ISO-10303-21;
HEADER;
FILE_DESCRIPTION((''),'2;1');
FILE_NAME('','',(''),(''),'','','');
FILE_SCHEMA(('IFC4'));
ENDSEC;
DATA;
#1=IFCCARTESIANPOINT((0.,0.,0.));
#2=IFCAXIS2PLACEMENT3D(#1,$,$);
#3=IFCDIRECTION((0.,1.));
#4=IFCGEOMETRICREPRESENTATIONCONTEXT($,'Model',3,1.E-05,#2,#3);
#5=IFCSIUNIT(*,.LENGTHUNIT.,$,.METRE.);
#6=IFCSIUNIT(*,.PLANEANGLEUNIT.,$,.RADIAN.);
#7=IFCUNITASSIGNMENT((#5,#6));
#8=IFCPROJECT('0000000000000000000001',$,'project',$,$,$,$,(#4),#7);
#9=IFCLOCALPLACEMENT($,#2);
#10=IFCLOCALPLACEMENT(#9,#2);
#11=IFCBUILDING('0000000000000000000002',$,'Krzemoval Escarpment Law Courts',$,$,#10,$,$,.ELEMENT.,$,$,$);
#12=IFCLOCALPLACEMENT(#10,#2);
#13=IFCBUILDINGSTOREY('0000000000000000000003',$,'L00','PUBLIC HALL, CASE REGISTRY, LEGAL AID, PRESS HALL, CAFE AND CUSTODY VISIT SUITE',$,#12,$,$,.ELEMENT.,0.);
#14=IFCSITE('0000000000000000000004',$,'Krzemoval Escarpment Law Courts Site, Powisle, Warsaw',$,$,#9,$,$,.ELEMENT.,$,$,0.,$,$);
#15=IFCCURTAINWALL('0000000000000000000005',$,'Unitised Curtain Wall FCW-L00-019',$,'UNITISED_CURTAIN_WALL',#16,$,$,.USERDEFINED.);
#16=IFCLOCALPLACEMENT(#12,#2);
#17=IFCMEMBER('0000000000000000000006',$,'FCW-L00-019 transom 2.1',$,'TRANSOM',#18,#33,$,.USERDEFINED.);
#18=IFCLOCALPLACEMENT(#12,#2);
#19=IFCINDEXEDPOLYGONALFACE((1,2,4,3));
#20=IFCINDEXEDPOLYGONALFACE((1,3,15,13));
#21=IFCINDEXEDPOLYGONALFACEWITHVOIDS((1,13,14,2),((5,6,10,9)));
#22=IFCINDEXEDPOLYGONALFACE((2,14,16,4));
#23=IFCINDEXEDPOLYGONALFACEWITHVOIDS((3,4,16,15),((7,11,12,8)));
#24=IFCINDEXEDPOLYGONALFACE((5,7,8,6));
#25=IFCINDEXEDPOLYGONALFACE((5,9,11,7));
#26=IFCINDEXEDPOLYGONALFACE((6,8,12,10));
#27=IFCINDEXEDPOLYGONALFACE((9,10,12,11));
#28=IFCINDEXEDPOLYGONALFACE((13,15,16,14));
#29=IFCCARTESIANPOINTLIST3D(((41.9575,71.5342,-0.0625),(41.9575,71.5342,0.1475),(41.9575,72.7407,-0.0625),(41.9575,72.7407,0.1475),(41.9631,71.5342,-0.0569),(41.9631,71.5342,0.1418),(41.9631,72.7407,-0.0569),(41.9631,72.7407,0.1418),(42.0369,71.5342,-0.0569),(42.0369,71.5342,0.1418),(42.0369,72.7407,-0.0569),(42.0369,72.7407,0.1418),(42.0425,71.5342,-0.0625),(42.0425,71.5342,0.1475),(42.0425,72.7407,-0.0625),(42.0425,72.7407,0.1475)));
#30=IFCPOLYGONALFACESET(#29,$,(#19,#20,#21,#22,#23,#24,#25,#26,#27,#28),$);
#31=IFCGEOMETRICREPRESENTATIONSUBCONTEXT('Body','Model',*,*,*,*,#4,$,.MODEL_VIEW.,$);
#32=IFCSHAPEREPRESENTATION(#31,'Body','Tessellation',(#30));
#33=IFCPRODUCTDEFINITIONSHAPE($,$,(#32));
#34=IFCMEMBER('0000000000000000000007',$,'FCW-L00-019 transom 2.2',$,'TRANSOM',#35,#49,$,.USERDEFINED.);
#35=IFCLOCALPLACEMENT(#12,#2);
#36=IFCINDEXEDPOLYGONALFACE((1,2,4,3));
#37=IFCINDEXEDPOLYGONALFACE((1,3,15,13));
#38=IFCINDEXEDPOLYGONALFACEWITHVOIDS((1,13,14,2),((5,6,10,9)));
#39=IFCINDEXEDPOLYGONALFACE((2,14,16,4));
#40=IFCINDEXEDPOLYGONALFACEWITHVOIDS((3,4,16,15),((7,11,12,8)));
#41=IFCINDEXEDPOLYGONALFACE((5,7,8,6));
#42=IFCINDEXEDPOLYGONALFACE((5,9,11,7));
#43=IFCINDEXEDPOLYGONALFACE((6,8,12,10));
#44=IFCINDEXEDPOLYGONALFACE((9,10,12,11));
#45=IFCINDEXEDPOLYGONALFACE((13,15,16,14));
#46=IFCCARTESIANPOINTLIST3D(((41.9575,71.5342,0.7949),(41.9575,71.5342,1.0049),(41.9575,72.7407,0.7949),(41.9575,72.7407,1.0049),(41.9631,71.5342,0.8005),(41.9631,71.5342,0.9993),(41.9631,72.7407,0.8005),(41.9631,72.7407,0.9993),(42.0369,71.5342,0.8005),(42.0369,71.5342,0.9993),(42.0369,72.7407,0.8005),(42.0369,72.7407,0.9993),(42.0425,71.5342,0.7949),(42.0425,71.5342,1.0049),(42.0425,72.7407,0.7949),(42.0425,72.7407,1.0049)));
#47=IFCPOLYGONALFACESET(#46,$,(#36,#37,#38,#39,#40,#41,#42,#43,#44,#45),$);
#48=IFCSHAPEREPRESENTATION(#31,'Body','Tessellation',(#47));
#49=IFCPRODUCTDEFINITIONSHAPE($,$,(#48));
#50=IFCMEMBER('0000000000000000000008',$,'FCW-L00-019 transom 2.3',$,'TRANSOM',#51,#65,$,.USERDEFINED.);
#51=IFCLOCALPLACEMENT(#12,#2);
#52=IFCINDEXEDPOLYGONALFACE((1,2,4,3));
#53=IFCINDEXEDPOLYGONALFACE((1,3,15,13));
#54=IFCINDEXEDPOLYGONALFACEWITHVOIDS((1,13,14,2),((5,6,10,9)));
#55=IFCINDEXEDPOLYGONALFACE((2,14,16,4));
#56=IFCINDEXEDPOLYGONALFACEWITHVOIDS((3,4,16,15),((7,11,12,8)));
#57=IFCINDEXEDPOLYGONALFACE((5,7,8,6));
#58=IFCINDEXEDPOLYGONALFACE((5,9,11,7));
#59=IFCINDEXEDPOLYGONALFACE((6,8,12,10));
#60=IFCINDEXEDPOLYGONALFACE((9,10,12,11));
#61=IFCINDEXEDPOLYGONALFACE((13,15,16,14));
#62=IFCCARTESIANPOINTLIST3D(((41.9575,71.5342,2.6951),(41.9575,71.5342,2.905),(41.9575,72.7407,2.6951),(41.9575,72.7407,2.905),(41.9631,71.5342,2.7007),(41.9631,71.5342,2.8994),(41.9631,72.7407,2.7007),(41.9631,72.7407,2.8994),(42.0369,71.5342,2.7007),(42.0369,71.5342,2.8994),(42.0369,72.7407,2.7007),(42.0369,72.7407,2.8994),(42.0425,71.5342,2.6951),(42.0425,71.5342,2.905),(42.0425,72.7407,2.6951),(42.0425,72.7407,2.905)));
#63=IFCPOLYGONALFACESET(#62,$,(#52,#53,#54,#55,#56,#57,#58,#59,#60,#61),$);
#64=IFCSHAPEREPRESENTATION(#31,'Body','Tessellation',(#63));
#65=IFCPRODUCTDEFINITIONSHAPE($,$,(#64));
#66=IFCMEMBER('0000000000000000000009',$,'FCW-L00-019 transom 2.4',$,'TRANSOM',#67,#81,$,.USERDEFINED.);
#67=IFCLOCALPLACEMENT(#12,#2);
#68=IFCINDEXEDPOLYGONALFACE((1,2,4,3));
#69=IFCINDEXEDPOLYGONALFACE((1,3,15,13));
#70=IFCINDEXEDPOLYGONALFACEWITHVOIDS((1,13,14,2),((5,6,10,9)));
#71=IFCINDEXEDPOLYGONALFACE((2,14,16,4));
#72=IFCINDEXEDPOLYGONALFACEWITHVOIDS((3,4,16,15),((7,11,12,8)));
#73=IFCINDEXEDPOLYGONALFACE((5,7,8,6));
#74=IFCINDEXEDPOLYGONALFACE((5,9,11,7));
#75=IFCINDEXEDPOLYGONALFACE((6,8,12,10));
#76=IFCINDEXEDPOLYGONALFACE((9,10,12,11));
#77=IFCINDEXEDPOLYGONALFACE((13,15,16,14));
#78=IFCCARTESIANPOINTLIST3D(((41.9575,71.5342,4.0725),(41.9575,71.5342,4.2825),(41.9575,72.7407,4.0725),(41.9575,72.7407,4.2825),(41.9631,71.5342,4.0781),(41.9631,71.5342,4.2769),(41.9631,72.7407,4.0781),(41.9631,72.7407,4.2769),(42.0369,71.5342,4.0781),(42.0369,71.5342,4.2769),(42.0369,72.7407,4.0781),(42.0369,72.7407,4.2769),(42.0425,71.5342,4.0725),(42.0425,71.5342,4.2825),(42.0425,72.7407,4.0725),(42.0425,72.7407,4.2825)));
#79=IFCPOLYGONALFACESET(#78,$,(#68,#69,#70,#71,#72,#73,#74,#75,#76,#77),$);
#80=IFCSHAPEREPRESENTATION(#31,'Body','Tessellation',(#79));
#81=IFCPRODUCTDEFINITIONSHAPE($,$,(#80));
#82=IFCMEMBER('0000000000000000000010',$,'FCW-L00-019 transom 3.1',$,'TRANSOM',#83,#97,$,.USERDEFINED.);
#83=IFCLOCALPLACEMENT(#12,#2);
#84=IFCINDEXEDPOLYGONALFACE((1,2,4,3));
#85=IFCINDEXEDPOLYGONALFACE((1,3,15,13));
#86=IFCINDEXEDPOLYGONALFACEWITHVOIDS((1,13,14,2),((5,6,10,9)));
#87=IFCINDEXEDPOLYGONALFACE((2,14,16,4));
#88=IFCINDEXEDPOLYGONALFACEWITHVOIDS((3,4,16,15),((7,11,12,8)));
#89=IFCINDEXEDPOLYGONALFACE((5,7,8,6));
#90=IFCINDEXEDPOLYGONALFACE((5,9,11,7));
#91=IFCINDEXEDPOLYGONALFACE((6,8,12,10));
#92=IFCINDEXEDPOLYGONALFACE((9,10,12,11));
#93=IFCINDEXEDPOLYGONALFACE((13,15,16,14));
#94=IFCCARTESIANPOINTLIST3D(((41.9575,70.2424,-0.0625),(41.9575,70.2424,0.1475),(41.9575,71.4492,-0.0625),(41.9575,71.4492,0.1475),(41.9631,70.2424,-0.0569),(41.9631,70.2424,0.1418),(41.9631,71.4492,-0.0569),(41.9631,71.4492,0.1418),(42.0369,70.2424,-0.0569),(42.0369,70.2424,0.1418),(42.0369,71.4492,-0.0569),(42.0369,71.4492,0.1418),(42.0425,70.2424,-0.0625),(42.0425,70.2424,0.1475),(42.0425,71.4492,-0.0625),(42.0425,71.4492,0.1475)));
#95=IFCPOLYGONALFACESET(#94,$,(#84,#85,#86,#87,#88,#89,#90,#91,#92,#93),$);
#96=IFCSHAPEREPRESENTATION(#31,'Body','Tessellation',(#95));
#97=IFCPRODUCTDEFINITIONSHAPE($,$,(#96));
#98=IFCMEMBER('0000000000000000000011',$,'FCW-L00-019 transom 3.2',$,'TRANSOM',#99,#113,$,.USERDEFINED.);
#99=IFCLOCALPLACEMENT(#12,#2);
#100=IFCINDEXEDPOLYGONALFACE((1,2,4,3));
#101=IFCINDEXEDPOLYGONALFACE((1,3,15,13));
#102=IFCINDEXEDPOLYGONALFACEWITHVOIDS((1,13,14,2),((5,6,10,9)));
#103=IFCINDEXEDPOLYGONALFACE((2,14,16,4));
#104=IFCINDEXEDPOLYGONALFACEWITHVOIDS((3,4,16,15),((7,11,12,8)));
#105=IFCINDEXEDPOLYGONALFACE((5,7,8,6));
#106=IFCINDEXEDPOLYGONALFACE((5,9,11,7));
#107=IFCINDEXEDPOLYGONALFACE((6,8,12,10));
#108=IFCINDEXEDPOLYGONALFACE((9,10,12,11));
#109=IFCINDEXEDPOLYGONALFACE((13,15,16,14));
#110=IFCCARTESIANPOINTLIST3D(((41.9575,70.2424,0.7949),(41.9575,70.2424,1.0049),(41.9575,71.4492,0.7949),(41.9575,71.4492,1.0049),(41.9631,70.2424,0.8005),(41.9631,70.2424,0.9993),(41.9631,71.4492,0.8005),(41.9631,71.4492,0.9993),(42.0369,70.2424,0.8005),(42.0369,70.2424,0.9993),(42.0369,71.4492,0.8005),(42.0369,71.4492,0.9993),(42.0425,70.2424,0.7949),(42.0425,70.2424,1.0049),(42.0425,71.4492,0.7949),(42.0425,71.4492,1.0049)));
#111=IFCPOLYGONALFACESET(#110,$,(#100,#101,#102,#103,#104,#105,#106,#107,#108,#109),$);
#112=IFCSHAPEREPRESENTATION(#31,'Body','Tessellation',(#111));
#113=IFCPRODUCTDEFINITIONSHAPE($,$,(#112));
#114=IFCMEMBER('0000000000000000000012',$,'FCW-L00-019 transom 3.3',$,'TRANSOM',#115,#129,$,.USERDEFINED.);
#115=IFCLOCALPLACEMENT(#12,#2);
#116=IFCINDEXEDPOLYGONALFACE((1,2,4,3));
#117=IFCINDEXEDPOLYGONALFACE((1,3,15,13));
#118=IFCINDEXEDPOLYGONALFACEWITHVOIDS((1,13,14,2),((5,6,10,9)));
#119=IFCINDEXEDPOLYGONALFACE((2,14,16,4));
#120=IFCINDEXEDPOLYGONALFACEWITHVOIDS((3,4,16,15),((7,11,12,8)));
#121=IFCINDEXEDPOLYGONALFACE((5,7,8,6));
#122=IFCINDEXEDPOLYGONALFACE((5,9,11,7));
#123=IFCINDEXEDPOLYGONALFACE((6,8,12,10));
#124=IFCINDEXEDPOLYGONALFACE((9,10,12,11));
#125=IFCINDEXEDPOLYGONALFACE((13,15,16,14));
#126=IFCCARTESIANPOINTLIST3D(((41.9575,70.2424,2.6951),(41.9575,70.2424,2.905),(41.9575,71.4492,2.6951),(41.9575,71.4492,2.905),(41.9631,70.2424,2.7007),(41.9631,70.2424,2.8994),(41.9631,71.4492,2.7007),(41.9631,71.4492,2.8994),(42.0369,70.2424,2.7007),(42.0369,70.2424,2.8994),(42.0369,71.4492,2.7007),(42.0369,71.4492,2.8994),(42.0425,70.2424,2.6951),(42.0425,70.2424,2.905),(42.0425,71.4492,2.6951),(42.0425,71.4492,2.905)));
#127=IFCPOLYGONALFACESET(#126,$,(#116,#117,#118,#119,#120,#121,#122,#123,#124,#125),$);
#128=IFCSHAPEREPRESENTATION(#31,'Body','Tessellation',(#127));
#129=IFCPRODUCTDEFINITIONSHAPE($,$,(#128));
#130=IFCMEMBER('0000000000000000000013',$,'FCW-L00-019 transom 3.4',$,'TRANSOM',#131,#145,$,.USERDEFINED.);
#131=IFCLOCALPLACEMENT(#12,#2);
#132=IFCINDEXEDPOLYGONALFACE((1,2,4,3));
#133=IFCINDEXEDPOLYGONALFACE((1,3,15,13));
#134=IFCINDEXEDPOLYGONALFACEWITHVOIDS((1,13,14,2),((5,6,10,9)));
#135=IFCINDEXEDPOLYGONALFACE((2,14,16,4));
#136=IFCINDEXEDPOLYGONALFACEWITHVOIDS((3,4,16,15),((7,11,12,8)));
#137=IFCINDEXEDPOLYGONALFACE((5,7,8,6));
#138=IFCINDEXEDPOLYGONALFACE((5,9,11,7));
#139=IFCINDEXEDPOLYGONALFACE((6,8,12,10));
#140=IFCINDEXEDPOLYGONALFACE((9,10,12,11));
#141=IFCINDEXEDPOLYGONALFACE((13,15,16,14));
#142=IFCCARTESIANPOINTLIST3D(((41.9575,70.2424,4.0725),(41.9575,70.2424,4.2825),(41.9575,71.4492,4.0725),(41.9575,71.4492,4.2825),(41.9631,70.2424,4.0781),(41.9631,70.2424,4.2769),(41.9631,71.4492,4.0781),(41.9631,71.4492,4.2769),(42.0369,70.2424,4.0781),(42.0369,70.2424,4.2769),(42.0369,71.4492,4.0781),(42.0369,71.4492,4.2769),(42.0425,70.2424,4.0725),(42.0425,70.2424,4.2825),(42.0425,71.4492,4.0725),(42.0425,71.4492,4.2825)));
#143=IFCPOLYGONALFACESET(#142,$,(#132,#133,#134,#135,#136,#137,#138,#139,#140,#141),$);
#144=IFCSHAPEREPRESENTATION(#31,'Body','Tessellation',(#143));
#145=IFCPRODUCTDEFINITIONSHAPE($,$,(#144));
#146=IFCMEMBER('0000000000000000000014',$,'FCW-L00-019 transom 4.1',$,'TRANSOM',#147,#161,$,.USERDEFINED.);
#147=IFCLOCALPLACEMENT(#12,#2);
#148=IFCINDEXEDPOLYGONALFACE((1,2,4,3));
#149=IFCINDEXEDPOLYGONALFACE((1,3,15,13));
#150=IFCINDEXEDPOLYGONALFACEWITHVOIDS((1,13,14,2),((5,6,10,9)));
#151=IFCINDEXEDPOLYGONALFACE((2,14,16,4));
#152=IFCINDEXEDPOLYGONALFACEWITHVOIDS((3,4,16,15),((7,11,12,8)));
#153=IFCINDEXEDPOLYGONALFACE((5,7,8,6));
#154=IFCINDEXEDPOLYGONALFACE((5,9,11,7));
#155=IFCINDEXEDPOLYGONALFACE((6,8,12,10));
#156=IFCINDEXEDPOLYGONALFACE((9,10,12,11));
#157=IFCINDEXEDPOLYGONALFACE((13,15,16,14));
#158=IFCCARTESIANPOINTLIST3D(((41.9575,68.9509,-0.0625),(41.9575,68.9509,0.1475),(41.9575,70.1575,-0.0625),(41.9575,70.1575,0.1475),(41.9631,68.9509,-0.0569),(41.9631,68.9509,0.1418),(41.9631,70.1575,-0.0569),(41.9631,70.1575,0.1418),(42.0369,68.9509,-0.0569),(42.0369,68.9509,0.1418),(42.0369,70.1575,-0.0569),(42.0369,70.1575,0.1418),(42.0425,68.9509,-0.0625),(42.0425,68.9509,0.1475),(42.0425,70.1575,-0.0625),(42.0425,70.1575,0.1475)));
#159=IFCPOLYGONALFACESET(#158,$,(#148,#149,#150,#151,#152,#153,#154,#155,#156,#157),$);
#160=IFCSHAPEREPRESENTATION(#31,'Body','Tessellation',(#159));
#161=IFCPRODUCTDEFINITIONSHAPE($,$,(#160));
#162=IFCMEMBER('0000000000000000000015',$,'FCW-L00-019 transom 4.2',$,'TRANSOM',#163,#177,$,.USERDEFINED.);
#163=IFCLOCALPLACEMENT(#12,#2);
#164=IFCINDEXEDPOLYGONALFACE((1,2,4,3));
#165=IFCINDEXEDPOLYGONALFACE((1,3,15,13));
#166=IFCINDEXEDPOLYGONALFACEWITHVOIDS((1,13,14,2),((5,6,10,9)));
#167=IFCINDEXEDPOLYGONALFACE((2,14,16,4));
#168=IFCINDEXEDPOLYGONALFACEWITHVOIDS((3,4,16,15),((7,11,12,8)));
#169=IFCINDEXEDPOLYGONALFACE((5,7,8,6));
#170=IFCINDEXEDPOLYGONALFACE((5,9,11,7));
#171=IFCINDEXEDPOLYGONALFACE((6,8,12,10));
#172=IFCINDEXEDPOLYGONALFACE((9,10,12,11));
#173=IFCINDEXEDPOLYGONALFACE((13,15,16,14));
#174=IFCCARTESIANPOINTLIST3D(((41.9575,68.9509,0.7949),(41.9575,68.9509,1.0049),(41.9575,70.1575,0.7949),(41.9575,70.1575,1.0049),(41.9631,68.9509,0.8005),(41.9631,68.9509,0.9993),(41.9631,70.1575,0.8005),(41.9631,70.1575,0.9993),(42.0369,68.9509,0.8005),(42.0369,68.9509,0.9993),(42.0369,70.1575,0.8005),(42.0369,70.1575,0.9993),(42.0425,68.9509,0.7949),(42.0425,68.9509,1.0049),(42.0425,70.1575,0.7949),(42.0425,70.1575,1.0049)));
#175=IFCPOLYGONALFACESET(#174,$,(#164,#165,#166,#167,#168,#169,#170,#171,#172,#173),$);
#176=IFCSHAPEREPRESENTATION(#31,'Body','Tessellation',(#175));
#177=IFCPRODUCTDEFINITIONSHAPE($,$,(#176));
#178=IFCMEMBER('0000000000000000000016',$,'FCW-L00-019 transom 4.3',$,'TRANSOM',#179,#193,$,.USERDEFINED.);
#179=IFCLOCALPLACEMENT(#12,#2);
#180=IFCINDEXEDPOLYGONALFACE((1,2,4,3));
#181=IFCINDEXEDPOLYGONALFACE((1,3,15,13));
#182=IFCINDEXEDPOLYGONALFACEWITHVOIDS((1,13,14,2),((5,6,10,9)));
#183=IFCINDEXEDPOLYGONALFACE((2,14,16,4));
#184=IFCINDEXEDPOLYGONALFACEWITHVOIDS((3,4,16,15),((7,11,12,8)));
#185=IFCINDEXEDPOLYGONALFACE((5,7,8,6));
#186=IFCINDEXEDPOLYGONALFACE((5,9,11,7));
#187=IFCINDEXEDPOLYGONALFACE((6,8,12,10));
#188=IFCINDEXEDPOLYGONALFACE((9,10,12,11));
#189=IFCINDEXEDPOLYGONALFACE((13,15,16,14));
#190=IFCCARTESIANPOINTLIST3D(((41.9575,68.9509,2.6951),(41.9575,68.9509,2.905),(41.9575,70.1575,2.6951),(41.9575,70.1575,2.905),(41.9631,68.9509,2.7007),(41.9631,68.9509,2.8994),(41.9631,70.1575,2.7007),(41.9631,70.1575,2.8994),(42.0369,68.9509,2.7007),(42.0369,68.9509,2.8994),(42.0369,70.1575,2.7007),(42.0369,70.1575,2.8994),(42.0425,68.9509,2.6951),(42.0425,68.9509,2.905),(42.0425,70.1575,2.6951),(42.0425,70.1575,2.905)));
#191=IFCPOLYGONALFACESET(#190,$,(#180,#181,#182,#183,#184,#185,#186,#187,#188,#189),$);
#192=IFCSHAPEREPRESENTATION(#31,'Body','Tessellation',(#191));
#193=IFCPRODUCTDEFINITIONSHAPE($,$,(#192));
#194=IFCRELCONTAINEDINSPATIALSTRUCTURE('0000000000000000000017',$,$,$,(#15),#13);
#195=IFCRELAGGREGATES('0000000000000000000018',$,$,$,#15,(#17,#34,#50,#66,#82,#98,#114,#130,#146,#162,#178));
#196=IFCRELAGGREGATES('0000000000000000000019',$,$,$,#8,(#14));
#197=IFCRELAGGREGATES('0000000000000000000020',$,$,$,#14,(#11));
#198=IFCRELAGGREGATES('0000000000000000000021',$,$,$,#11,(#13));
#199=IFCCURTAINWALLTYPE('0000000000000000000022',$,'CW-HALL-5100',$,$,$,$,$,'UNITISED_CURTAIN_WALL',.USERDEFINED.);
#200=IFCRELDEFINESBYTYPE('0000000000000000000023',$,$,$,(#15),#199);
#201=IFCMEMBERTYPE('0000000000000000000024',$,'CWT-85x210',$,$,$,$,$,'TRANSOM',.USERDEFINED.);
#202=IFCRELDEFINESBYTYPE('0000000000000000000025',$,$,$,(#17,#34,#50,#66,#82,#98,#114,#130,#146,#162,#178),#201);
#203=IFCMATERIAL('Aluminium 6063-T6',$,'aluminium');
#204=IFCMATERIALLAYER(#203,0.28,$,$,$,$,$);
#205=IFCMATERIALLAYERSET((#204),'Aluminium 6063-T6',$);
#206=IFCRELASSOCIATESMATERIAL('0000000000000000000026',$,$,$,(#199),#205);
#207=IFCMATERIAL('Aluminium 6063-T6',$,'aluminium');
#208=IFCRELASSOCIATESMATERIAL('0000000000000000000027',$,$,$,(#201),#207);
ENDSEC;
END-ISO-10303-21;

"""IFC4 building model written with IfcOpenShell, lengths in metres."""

from ifc_helpers import new_model, si_unit, direction, frame, origin, origin_2d, place, context, subcontext, project, spatial, hollow_rectangle, extrude, material, layer, layer_set, material_profile, profile_set, type_object, element, aggregate, save


model = new_model("IFC4")

# Units and contexts
model_context = context("Model", 3, precision=1e-05, world=origin(), true_north=direction((0.0, 1.0)))
body_context = subcontext(model_context, "Body", "Model", "MODEL_VIEW")
ifc_project = project(units=[si_unit("LENGTHUNIT", "METRE"), si_unit("PLANEANGLEUNIT", "RADIAN")], contexts=[model_context])

# Site, building, storey
site_placement = place(None, origin())
site = spatial("IfcSite", under=ifc_project, at=site_placement, Name="Krzemoval Escarpment Law Courts Site, Powisle, Warsaw", CompositionType="ELEMENT", RefElevation=0.0)
building_placement = place(site_placement, origin())
building = spatial("IfcBuilding", under=site, at=building_placement, Name="Krzemoval Escarpment Law Courts", CompositionType="ELEMENT")
storey_placement = place(building_placement, origin())
storey = spatial("IfcBuildingStorey", under=building, at=storey_placement, Name="L00", Description="PUBLIC HALL, CASE REGISTRY, LEGAL AID, PRESS HALL, CAFE AND CUSTODY VISIT SUITE", CompositionType="ELEMENT", Elevation=0.0)

# Curtain wall, members
ifc_material_1 = material(Name="Aluminium 6063-T6", Category="aluminium")
ifc_layer_1 = layer(ifc_material_1, 0.28)
ifc_layer_set_1 = layer_set([ifc_layer_1], Name="Aluminium 6063-T6")
curtain_wall_type = type_object("IfcCurtainWallType", Name="CW-HALL-5100", ElementType="UNITISED_CURTAIN_WALL", PredefinedType="USERDEFINED", material=ifc_layer_set_1)
curtain_wall_placement = place(storey_placement, origin())
curtain_wall = element("IfcCurtainWall", 1, at=curtain_wall_placement, inside=storey, type_object=curtain_wall_type, Name="Unitised Curtain Wall FCW-L00-019", ObjectType="UNITISED_CURTAIN_WALL", PredefinedType="USERDEFINED")
ifc_material_2 = material(Name="Aluminium 6063-T6", Category="aluminium")
ifc_material_profile_1 = material_profile(ifc_material_2, hollow_rectangle(XDim=0.085, YDim=0.21, WallThickness=0.0056, at=origin_2d()), Name="ALU T85x210")
ifc_profile_set_1 = profile_set([ifc_material_profile_1], Name="Aluminium 6063-T6")
member_type_1 = type_object("IfcMemberType", Name="CWT-85x210", ElementType="TRANSOM", PredefinedType="USERDEFINED", material=ifc_profile_set_1)
member_1_placement = place(storey_placement, frame((42.0, 72.7407, 0.0425), z_axis=(0.0, -1.0, 0.0), x_axis=(1.0, 0.0, 0.0)))
member_1 = element("IfcMember", 2, at=member_1_placement, type_object=member_type_1, Name="FCW-L00-019 transom 2.1", ObjectType="TRANSOM", PredefinedType="USERDEFINED", context=body_context, shape_type="SweptSolid", body=[
    extrude(hollow_rectangle(XDim=0.085, YDim=0.21, WallThickness=0.0056, at=origin_2d()), origin(), (0.0, 0.0, 1.0), 1.2065),
])
member_2_placement = place(storey_placement, frame((42.0, 72.7407, 0.8999), z_axis=(0.0, -1.0, 0.0), x_axis=(1.0, 0.0, 0.0)))
member_2 = element("IfcMember", 3, at=member_2_placement, type_object=member_type_1, Name="FCW-L00-019 transom 2.2", ObjectType="TRANSOM", PredefinedType="USERDEFINED", context=body_context, shape_type="SweptSolid", body=[
    extrude(hollow_rectangle(XDim=0.085, YDim=0.21, WallThickness=0.0056, at=origin_2d()), origin(), (0.0, 0.0, 1.0), 1.2065),
])
member_3_placement = place(storey_placement, frame((42.0, 72.7407, 2.8), z_axis=(0.0, -1.0, 0.0), x_axis=(1.0, 0.0, 0.0)))
member_3 = element("IfcMember", 4, at=member_3_placement, type_object=member_type_1, Name="FCW-L00-019 transom 2.3", ObjectType="TRANSOM", PredefinedType="USERDEFINED", context=body_context, shape_type="SweptSolid", body=[
    extrude(hollow_rectangle(XDim=0.085, YDim=0.21, WallThickness=0.0056, at=origin_2d()), origin(), (0.0, 0.0, 1.0), 1.2065),
])
member_4_placement = place(storey_placement, frame((42.0, 72.7407, 4.1775), z_axis=(0.0, -1.0, 0.0), x_axis=(1.0, 0.0, 0.0)))
member_4 = element("IfcMember", 5, at=member_4_placement, type_object=member_type_1, Name="FCW-L00-019 transom 2.4", ObjectType="TRANSOM", PredefinedType="USERDEFINED", context=body_context, shape_type="SweptSolid", body=[
    extrude(hollow_rectangle(XDim=0.085, YDim=0.21, WallThickness=0.0056, at=origin_2d()), origin(), (0.0, 0.0, 1.0), 1.2065),
])
member_5_placement = place(storey_placement, frame((42.0, 71.4492, 0.0425), z_axis=(0.0, -1.0, 0.0), x_axis=(1.0, 0.0, 0.0)))
member_5 = element("IfcMember", 6, at=member_5_placement, type_object=member_type_1, Name="FCW-L00-019 transom 3.1", ObjectType="TRANSOM", PredefinedType="USERDEFINED", context=body_context, shape_type="SweptSolid", body=[
    extrude(hollow_rectangle(XDim=0.085, YDim=0.21, WallThickness=0.0056, at=origin_2d()), origin(), (0.0, 0.0, 1.0), 1.2068),
])
member_6_placement = place(storey_placement, frame((42.0, 71.4492, 0.8999), z_axis=(0.0, -1.0, 0.0), x_axis=(1.0, 0.0, 0.0)))
member_6 = element("IfcMember", 7, at=member_6_placement, type_object=member_type_1, Name="FCW-L00-019 transom 3.2", ObjectType="TRANSOM", PredefinedType="USERDEFINED", context=body_context, shape_type="SweptSolid", body=[
    extrude(hollow_rectangle(XDim=0.085, YDim=0.21, WallThickness=0.0056, at=origin_2d()), origin(), (0.0, 0.0, 1.0), 1.2068),
])
member_7_placement = place(storey_placement, frame((42.0, 71.4492, 2.8), z_axis=(0.0, -1.0, 0.0), x_axis=(1.0, 0.0, 0.0)))
member_7 = element("IfcMember", 8, at=member_7_placement, type_object=member_type_1, Name="FCW-L00-019 transom 3.3", ObjectType="TRANSOM", PredefinedType="USERDEFINED", context=body_context, shape_type="SweptSolid", body=[
    extrude(hollow_rectangle(XDim=0.085, YDim=0.21, WallThickness=0.0056, at=origin_2d()), origin(), (0.0, 0.0, 1.0), 1.2068),
])
member_8_placement = place(storey_placement, frame((42.0, 71.4492, 4.1775), z_axis=(0.0, -1.0, 0.0), x_axis=(1.0, 0.0, 0.0)))
member_8 = element("IfcMember", 9, at=member_8_placement, type_object=member_type_1, Name="FCW-L00-019 transom 3.4", ObjectType="TRANSOM", PredefinedType="USERDEFINED", context=body_context, shape_type="SweptSolid", body=[
    extrude(hollow_rectangle(XDim=0.085, YDim=0.21, WallThickness=0.0056, at=origin_2d()), origin(), (0.0, 0.0, 1.0), 1.2068),
])
member_9_placement = place(storey_placement, frame((42.0, 70.1575, 0.0425), z_axis=(0.0, -1.0, 0.0), x_axis=(1.0, 0.0, 0.0)))
member_9 = element("IfcMember", 10, at=member_9_placement, type_object=member_type_1, Name="FCW-L00-019 transom 4.1", ObjectType="TRANSOM", PredefinedType="USERDEFINED", context=body_context, shape_type="SweptSolid", body=[
    extrude(hollow_rectangle(XDim=0.085, YDim=0.21, WallThickness=0.0056, at=origin_2d()), origin(), (0.0, 0.0, 1.0), 1.2065),
])
member_10_placement = place(storey_placement, frame((42.0, 70.1575, 0.8999), z_axis=(0.0, -1.0, 0.0), x_axis=(1.0, 0.0, 0.0)))
member_10 = element("IfcMember", 11, at=member_10_placement, type_object=member_type_1, Name="FCW-L00-019 transom 4.2", ObjectType="TRANSOM", PredefinedType="USERDEFINED", context=body_context, shape_type="SweptSolid", body=[
    extrude(hollow_rectangle(XDim=0.085, YDim=0.21, WallThickness=0.0056, at=origin_2d()), origin(), (0.0, 0.0, 1.0), 1.2065),
])
member_11_placement = place(storey_placement, frame((42.0, 70.1575, 2.8), z_axis=(0.0, -1.0, 0.0), x_axis=(1.0, 0.0, 0.0)))
member_11 = element("IfcMember", 12, at=member_11_placement, type_object=member_type_1, Name="FCW-L00-019 transom 4.3", ObjectType="TRANSOM", PredefinedType="USERDEFINED", context=body_context, shape_type="SweptSolid", body=[
    extrude(hollow_rectangle(XDim=0.085, YDim=0.21, WallThickness=0.0056, at=origin_2d()), origin(), (0.0, 0.0, 1.0), 1.2065),
])

aggregate(curtain_wall, [member_1, member_2, member_3, member_4, member_5, member_6, member_7, member_8, member_9, member_10, member_11])

save(model, "model.ifc")
